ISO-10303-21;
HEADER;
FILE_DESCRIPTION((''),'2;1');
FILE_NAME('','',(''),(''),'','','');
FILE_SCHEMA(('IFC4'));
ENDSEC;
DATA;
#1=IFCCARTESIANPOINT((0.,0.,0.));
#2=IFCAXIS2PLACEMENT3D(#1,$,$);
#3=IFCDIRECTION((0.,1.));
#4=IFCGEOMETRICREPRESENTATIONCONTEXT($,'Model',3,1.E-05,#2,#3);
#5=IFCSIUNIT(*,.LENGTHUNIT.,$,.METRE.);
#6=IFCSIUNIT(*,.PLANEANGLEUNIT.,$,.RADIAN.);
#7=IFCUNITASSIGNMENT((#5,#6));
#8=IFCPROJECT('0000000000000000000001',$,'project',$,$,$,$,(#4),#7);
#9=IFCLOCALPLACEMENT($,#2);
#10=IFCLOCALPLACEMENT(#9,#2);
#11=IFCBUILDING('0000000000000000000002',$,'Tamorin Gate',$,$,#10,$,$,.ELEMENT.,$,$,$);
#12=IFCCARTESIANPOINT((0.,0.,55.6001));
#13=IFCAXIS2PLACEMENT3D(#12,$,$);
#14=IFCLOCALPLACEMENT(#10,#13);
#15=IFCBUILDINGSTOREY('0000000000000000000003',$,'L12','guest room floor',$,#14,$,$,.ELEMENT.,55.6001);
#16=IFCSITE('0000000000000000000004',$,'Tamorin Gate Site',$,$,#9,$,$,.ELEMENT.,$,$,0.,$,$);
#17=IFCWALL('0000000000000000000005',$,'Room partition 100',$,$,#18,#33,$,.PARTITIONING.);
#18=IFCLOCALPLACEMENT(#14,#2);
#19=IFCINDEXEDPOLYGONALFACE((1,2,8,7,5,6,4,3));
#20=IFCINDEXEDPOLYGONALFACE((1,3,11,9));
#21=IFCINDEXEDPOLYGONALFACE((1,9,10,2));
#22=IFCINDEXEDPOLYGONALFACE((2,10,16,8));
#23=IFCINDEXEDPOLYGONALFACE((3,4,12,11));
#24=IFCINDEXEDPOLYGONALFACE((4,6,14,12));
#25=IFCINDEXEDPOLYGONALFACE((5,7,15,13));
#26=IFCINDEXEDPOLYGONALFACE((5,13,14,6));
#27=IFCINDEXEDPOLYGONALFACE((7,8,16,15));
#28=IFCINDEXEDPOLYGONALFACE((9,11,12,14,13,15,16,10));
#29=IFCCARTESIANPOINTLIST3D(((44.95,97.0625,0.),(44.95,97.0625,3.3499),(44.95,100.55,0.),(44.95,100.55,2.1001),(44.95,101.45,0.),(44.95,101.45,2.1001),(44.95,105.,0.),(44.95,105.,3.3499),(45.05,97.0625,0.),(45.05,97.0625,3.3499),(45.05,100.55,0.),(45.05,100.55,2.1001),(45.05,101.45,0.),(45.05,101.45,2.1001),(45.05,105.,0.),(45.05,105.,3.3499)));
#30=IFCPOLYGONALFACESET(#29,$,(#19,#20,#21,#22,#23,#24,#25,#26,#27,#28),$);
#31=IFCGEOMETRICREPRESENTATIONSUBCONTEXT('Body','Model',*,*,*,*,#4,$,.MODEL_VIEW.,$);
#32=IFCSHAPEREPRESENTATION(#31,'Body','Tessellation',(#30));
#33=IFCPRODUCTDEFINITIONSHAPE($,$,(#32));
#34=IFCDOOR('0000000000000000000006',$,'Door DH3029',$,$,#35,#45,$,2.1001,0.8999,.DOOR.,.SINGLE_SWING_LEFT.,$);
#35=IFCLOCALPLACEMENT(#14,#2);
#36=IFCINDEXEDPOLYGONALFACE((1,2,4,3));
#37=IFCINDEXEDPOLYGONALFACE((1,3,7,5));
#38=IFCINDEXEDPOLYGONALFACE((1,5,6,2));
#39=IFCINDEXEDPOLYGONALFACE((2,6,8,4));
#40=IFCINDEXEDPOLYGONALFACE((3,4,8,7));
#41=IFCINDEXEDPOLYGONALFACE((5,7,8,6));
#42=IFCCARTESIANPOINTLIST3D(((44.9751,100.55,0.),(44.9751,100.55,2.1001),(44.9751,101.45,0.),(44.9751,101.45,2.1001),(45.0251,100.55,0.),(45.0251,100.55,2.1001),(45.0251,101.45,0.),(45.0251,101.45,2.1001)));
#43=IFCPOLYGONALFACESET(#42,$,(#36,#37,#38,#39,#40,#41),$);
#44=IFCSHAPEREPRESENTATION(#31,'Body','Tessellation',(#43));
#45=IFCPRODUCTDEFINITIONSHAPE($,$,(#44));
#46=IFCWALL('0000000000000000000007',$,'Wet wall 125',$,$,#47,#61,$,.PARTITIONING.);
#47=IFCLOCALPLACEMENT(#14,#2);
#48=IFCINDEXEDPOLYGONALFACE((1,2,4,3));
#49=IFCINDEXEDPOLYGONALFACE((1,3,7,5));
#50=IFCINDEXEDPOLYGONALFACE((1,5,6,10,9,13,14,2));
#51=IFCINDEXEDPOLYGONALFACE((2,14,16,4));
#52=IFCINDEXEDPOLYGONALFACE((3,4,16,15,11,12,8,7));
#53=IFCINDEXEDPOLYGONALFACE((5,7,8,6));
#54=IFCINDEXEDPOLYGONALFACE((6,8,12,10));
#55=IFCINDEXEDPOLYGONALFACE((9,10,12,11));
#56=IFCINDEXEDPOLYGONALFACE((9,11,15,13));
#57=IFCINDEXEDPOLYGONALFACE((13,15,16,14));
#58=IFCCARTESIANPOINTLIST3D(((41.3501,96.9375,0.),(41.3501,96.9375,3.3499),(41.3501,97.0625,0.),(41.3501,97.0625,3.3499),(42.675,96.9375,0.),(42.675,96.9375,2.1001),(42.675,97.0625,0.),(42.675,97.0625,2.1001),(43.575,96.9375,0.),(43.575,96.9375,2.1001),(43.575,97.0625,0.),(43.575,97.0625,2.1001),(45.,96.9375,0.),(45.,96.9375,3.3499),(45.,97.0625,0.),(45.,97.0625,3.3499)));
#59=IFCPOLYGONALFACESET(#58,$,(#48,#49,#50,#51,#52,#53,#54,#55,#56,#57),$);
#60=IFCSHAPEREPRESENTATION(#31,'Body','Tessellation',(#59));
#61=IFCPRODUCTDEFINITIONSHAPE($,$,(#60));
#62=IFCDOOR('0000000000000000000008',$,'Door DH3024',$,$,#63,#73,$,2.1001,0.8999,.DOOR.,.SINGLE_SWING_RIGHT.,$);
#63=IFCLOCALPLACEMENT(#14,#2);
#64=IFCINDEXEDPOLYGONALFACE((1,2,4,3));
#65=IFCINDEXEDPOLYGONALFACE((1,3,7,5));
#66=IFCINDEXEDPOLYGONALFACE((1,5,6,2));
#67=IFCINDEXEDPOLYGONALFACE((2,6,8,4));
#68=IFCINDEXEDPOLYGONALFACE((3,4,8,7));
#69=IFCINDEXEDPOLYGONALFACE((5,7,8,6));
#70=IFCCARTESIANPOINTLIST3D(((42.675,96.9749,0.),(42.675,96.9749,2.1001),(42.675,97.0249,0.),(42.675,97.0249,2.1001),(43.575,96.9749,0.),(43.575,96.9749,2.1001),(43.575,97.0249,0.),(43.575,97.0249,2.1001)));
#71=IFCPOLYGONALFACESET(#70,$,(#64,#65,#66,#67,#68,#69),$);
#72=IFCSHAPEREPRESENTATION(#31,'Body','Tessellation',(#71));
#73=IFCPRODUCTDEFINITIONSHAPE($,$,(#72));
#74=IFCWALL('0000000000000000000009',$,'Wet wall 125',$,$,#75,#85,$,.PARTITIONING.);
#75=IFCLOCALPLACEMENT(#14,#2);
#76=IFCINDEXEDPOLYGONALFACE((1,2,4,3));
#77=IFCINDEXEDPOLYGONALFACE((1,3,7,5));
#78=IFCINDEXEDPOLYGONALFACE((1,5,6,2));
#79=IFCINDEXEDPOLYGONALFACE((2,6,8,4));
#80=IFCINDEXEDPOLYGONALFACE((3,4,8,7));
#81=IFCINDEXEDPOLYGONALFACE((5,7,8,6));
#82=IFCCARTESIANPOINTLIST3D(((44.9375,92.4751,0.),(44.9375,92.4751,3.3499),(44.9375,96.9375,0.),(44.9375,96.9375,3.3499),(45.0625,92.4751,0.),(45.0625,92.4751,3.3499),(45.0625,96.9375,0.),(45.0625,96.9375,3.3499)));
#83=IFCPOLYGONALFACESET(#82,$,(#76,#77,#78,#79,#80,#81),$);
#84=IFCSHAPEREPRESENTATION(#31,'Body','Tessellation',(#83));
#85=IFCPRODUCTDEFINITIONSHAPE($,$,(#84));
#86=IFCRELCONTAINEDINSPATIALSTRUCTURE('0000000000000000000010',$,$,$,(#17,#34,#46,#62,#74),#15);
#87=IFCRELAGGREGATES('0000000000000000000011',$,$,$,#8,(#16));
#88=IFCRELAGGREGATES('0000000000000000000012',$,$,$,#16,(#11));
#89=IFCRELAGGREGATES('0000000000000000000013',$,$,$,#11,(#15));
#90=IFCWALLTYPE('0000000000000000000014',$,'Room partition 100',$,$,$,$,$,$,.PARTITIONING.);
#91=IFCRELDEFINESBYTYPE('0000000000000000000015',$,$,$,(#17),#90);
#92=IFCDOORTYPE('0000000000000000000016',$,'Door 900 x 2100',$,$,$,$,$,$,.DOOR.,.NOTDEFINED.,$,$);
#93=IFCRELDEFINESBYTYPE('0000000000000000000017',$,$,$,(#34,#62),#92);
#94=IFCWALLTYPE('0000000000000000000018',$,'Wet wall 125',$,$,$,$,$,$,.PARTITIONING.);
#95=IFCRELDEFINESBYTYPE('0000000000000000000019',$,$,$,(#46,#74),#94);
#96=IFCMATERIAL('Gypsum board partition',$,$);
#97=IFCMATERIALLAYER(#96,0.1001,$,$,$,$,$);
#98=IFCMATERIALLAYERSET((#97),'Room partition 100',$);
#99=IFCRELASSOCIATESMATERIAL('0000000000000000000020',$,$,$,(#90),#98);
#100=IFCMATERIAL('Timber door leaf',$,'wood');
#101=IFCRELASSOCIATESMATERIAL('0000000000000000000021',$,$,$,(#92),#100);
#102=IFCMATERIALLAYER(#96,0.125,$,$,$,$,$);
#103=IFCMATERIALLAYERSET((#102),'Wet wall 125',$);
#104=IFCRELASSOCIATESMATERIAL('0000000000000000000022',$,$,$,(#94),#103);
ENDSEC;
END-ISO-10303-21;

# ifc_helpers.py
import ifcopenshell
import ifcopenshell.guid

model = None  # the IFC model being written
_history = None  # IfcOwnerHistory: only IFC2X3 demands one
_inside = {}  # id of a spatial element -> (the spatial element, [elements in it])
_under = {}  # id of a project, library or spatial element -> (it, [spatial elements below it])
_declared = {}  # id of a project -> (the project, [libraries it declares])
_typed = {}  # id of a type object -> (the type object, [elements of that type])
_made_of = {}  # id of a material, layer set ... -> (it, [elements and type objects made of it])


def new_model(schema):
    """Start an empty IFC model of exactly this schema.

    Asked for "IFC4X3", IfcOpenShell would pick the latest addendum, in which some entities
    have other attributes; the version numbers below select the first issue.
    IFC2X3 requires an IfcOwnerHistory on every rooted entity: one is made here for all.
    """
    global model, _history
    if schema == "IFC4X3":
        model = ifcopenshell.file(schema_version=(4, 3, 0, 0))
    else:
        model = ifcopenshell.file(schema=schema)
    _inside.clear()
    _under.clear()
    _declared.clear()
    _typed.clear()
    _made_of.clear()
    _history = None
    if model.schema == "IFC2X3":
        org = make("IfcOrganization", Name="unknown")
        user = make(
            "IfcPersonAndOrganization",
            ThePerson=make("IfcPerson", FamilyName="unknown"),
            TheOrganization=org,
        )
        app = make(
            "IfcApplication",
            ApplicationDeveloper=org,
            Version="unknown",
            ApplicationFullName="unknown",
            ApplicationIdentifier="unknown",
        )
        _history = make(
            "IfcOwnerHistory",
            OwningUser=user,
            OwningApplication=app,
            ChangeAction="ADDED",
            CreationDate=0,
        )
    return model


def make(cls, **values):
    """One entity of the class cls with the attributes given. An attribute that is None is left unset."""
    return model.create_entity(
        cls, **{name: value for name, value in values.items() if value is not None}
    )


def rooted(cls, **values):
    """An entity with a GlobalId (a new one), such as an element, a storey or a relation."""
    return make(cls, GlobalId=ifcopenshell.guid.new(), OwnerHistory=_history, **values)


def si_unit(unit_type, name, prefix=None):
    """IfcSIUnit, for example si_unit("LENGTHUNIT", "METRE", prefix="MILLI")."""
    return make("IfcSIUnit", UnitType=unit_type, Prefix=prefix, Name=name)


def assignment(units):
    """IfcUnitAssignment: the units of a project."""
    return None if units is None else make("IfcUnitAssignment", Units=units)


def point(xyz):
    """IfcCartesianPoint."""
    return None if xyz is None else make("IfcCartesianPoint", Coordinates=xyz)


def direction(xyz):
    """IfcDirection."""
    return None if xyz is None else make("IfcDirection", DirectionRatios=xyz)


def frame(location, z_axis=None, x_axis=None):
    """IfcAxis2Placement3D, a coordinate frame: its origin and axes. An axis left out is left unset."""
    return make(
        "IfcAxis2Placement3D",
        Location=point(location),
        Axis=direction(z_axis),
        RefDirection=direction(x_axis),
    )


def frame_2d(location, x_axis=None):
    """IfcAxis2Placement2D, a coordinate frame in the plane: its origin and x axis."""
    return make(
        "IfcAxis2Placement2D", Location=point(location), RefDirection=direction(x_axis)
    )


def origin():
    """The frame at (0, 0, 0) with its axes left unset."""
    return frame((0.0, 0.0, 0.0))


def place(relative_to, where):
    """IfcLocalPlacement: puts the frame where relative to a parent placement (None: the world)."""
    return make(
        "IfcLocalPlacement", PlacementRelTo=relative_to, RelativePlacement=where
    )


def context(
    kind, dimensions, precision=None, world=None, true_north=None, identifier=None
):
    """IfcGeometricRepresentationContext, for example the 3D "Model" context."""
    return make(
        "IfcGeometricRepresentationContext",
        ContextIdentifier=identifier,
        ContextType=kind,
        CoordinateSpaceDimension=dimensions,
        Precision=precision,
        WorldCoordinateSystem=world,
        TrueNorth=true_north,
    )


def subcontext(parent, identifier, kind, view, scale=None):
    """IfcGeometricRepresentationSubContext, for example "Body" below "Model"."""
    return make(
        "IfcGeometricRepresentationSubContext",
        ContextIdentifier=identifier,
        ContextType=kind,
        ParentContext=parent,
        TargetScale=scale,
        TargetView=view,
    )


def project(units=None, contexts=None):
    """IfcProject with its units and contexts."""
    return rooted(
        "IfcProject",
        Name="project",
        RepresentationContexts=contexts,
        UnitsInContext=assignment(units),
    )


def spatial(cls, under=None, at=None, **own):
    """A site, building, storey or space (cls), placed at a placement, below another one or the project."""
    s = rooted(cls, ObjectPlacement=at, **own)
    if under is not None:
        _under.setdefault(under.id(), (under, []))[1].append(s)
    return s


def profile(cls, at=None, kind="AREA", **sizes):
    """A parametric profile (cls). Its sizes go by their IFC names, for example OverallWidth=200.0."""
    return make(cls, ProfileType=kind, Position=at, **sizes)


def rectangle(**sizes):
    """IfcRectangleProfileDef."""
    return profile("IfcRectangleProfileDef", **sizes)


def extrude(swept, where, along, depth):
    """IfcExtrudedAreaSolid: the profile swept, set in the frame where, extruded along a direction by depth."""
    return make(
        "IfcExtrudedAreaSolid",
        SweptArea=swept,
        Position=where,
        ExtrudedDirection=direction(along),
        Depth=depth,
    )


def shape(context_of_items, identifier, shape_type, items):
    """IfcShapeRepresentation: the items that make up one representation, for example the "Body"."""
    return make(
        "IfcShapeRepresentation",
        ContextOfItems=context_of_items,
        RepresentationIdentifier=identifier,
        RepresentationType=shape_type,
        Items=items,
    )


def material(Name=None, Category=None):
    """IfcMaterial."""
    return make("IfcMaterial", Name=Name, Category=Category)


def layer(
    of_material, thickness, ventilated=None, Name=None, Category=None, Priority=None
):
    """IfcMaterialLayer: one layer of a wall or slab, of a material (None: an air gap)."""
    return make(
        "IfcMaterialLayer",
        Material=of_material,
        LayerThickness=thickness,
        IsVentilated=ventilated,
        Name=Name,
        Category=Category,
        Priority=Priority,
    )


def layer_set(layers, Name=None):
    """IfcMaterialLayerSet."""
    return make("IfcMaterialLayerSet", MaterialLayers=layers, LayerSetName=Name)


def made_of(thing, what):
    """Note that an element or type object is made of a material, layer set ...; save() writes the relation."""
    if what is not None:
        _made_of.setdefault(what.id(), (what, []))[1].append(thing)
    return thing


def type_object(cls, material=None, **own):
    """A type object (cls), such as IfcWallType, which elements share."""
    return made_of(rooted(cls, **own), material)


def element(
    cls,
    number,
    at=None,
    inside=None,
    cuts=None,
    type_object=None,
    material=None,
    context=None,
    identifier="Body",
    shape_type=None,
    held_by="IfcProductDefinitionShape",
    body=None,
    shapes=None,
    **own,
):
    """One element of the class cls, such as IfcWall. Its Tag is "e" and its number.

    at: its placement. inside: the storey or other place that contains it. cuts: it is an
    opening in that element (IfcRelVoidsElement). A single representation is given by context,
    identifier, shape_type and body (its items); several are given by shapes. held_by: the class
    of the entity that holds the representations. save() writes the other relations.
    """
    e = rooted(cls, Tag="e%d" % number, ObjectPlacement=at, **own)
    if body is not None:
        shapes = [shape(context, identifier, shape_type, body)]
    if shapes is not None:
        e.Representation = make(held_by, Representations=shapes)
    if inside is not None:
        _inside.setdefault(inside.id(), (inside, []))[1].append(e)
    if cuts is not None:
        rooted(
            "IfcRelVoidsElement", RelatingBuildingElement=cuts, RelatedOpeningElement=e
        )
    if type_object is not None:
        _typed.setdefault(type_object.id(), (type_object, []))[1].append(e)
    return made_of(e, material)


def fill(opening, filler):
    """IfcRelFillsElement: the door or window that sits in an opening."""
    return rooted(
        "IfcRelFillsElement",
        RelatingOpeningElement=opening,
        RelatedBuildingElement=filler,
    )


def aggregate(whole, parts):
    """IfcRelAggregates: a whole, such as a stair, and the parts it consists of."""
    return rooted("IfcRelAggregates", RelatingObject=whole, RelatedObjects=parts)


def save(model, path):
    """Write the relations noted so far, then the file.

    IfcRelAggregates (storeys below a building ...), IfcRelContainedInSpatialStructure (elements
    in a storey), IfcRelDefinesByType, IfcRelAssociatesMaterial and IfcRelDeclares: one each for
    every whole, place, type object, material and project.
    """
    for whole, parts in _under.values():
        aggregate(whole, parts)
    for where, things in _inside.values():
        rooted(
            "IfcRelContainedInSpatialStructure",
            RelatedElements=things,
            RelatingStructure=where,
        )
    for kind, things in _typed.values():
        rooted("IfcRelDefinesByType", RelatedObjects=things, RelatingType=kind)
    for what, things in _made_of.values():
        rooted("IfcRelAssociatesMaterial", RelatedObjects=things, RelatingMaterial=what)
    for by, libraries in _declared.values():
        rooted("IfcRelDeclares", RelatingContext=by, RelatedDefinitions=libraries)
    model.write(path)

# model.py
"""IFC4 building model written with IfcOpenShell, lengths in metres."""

from ifc_helpers import new_model, si_unit, direction, frame, frame_2d, origin, place, context, subcontext, project, spatial, rectangle, extrude, material, layer, layer_set, type_object, element, fill, save


model = new_model("IFC4")

# Units and contexts
model_context = context("Model", 3, precision=1e-05, world=origin(), true_north=direction((0.0, 1.0)))
body_context = subcontext(model_context, "Body", "Model", "MODEL_VIEW")
ifc_project = project(units=[si_unit("LENGTHUNIT", "METRE"), si_unit("PLANEANGLEUNIT", "RADIAN")], contexts=[model_context])

# Site, building, storey
site_placement = place(None, origin())
site = spatial("IfcSite", under=ifc_project, at=site_placement, Name="Tamorin Gate Site", CompositionType="ELEMENT", RefElevation=0.0)
building_placement = place(site_placement, origin())
building = spatial("IfcBuilding", under=site, at=building_placement, Name="Tamorin Gate", CompositionType="ELEMENT")
storey_placement = place(building_placement, frame((0.0, 0.0, 55.6001)))
storey = spatial("IfcBuildingStorey", under=building, at=storey_placement, Name="L12", Description="guest room floor", CompositionType="ELEMENT", Elevation=55.6001)

# Shared definitions
ifc_material_1 = material(Name="Gypsum board partition")

# Walls, openings, doors
ifc_layer_1 = layer(ifc_material_1, 0.1001)
ifc_layer_set_1 = layer_set([ifc_layer_1], Name="Room partition 100")
wall_type_1 = type_object("IfcWallType", Name="Room partition 100", PredefinedType="PARTITIONING", material=ifc_layer_set_1)
ifc_material_2 = material(Name="Timber door leaf", Category="wood")
door_type = type_object("IfcDoorType", Name="Door 900 x 2100", OperationType="NOTDEFINED", PredefinedType="DOOR", material=ifc_material_2)
wall_1_placement = place(storey_placement, frame((45.0, 97.0625, 0.0), z_axis=(0.0, 0.0, 1.0), x_axis=(0.0, 1.0, 0.0)))
wall_1 = element("IfcWall", 1, at=wall_1_placement, inside=storey, type_object=wall_type_1, Name="Room partition 100", PredefinedType="PARTITIONING", context=body_context, shape_type="SweptSolid", body=[
    extrude(rectangle(XDim=7.9375, YDim=0.1001, at=frame_2d((3.9688, 0.0))), origin(), (0.0, 0.0, 1.0), 3.3499),
])
opening_1_placement = place(wall_1_placement, frame((3.4875, 0.0, 0.0)))
opening_1 = element("IfcOpeningElement", 2, at=opening_1_placement, cuts=wall_1, PredefinedType="OPENING", context=body_context, shape_type="SweptSolid", body=[
    extrude(rectangle(XDim=0.8999, YDim=2.1001, at=frame_2d((0.45, 1.05))), frame((0.0, 0.0601, 0.0), z_axis=(0.0, -1.0, 0.0), x_axis=(1.0, 0.0, 0.0)), (0.0, 0.0, 1.0), 0.1201),
])
door_1_placement = place(opening_1_placement, origin())
door_1 = element("IfcDoor", 3, at=door_1_placement, inside=storey, type_object=door_type, Name="Door DH3029", OperationType="SINGLE_SWING_LEFT", OverallHeight=2.1001, OverallWidth=0.8999, PredefinedType="DOOR", context=body_context, shape_type="SweptSolid", body=[
    extrude(rectangle(XDim=0.8999, YDim=2.1001, at=frame_2d((0.45, 1.05))), frame((0.0, 0.0249, 0.0), z_axis=(0.0, -1.0, 0.0), x_axis=(1.0, 0.0, 0.0)), (0.0, 0.0, 1.0), 0.05),
])
fill(opening_1, door_1)
ifc_layer_2 = layer(ifc_material_1, 0.125)
ifc_layer_set_2 = layer_set([ifc_layer_2], Name="Wet wall 125")
wall_type_2 = type_object("IfcWallType", Name="Wet wall 125", PredefinedType="PARTITIONING", material=ifc_layer_set_2)
wall_2_placement = place(storey_placement, frame((41.3501, 97.0, 0.0), z_axis=(0.0, 0.0, 1.0), x_axis=(1.0, 0.0, 0.0)))
wall_2 = element("IfcWall", 4, at=wall_2_placement, inside=storey, type_object=wall_type_2, Name="Wet wall 125", PredefinedType="PARTITIONING", context=body_context, shape_type="SweptSolid", body=[
    extrude(rectangle(XDim=3.6499, YDim=0.125, at=frame_2d((1.825, 0.0))), origin(), (0.0, 0.0, 1.0), 3.3499),
])
opening_2_placement = place(wall_2_placement, frame((1.325, 0.0, 0.0)))
opening_2 = element("IfcOpeningElement", 5, at=opening_2_placement, cuts=wall_2, PredefinedType="OPENING", context=body_context, shape_type="SweptSolid", body=[
    extrude(rectangle(XDim=0.8999, YDim=2.1001, at=frame_2d((0.45, 1.05))), frame((0.0, 0.0725, 0.0), z_axis=(0.0, -1.0, 0.0), x_axis=(1.0, 0.0, 0.0)), (0.0, 0.0, 1.0), 0.145),
])
door_2_placement = place(opening_2_placement, origin())
door_2 = element("IfcDoor", 6, at=door_2_placement, inside=storey, type_object=door_type, Name="Door DH3024", OperationType="SINGLE_SWING_RIGHT", OverallHeight=2.1001, OverallWidth=0.8999, PredefinedType="DOOR", context=body_context, shape_type="SweptSolid", body=[
    extrude(rectangle(XDim=0.8999, YDim=2.1001, at=frame_2d((0.45, 1.05))), frame((0.0, 0.0249, 0.0), z_axis=(0.0, -1.0, 0.0), x_axis=(1.0, 0.0, 0.0)), (0.0, 0.0, 1.0), 0.05),
])
fill(opening_2, door_2)

# Wall
wall_3_placement = place(storey_placement, frame((45.0, 92.4751, 0.0), z_axis=(0.0, 0.0, 1.0), x_axis=(0.0, 1.0, 0.0)))
element("IfcWall", 7, at=wall_3_placement, inside=storey, type_object=wall_type_2, Name="Wet wall 125", PredefinedType="PARTITIONING", context=body_context, shape_type="SweptSolid", body=[
    extrude(rectangle(XDim=4.4624, YDim=0.125, at=frame_2d((2.2312, 0.0))), origin(), (0.0, 0.0, 1.0), 3.3499),
])

save(model, "model.ifc")
